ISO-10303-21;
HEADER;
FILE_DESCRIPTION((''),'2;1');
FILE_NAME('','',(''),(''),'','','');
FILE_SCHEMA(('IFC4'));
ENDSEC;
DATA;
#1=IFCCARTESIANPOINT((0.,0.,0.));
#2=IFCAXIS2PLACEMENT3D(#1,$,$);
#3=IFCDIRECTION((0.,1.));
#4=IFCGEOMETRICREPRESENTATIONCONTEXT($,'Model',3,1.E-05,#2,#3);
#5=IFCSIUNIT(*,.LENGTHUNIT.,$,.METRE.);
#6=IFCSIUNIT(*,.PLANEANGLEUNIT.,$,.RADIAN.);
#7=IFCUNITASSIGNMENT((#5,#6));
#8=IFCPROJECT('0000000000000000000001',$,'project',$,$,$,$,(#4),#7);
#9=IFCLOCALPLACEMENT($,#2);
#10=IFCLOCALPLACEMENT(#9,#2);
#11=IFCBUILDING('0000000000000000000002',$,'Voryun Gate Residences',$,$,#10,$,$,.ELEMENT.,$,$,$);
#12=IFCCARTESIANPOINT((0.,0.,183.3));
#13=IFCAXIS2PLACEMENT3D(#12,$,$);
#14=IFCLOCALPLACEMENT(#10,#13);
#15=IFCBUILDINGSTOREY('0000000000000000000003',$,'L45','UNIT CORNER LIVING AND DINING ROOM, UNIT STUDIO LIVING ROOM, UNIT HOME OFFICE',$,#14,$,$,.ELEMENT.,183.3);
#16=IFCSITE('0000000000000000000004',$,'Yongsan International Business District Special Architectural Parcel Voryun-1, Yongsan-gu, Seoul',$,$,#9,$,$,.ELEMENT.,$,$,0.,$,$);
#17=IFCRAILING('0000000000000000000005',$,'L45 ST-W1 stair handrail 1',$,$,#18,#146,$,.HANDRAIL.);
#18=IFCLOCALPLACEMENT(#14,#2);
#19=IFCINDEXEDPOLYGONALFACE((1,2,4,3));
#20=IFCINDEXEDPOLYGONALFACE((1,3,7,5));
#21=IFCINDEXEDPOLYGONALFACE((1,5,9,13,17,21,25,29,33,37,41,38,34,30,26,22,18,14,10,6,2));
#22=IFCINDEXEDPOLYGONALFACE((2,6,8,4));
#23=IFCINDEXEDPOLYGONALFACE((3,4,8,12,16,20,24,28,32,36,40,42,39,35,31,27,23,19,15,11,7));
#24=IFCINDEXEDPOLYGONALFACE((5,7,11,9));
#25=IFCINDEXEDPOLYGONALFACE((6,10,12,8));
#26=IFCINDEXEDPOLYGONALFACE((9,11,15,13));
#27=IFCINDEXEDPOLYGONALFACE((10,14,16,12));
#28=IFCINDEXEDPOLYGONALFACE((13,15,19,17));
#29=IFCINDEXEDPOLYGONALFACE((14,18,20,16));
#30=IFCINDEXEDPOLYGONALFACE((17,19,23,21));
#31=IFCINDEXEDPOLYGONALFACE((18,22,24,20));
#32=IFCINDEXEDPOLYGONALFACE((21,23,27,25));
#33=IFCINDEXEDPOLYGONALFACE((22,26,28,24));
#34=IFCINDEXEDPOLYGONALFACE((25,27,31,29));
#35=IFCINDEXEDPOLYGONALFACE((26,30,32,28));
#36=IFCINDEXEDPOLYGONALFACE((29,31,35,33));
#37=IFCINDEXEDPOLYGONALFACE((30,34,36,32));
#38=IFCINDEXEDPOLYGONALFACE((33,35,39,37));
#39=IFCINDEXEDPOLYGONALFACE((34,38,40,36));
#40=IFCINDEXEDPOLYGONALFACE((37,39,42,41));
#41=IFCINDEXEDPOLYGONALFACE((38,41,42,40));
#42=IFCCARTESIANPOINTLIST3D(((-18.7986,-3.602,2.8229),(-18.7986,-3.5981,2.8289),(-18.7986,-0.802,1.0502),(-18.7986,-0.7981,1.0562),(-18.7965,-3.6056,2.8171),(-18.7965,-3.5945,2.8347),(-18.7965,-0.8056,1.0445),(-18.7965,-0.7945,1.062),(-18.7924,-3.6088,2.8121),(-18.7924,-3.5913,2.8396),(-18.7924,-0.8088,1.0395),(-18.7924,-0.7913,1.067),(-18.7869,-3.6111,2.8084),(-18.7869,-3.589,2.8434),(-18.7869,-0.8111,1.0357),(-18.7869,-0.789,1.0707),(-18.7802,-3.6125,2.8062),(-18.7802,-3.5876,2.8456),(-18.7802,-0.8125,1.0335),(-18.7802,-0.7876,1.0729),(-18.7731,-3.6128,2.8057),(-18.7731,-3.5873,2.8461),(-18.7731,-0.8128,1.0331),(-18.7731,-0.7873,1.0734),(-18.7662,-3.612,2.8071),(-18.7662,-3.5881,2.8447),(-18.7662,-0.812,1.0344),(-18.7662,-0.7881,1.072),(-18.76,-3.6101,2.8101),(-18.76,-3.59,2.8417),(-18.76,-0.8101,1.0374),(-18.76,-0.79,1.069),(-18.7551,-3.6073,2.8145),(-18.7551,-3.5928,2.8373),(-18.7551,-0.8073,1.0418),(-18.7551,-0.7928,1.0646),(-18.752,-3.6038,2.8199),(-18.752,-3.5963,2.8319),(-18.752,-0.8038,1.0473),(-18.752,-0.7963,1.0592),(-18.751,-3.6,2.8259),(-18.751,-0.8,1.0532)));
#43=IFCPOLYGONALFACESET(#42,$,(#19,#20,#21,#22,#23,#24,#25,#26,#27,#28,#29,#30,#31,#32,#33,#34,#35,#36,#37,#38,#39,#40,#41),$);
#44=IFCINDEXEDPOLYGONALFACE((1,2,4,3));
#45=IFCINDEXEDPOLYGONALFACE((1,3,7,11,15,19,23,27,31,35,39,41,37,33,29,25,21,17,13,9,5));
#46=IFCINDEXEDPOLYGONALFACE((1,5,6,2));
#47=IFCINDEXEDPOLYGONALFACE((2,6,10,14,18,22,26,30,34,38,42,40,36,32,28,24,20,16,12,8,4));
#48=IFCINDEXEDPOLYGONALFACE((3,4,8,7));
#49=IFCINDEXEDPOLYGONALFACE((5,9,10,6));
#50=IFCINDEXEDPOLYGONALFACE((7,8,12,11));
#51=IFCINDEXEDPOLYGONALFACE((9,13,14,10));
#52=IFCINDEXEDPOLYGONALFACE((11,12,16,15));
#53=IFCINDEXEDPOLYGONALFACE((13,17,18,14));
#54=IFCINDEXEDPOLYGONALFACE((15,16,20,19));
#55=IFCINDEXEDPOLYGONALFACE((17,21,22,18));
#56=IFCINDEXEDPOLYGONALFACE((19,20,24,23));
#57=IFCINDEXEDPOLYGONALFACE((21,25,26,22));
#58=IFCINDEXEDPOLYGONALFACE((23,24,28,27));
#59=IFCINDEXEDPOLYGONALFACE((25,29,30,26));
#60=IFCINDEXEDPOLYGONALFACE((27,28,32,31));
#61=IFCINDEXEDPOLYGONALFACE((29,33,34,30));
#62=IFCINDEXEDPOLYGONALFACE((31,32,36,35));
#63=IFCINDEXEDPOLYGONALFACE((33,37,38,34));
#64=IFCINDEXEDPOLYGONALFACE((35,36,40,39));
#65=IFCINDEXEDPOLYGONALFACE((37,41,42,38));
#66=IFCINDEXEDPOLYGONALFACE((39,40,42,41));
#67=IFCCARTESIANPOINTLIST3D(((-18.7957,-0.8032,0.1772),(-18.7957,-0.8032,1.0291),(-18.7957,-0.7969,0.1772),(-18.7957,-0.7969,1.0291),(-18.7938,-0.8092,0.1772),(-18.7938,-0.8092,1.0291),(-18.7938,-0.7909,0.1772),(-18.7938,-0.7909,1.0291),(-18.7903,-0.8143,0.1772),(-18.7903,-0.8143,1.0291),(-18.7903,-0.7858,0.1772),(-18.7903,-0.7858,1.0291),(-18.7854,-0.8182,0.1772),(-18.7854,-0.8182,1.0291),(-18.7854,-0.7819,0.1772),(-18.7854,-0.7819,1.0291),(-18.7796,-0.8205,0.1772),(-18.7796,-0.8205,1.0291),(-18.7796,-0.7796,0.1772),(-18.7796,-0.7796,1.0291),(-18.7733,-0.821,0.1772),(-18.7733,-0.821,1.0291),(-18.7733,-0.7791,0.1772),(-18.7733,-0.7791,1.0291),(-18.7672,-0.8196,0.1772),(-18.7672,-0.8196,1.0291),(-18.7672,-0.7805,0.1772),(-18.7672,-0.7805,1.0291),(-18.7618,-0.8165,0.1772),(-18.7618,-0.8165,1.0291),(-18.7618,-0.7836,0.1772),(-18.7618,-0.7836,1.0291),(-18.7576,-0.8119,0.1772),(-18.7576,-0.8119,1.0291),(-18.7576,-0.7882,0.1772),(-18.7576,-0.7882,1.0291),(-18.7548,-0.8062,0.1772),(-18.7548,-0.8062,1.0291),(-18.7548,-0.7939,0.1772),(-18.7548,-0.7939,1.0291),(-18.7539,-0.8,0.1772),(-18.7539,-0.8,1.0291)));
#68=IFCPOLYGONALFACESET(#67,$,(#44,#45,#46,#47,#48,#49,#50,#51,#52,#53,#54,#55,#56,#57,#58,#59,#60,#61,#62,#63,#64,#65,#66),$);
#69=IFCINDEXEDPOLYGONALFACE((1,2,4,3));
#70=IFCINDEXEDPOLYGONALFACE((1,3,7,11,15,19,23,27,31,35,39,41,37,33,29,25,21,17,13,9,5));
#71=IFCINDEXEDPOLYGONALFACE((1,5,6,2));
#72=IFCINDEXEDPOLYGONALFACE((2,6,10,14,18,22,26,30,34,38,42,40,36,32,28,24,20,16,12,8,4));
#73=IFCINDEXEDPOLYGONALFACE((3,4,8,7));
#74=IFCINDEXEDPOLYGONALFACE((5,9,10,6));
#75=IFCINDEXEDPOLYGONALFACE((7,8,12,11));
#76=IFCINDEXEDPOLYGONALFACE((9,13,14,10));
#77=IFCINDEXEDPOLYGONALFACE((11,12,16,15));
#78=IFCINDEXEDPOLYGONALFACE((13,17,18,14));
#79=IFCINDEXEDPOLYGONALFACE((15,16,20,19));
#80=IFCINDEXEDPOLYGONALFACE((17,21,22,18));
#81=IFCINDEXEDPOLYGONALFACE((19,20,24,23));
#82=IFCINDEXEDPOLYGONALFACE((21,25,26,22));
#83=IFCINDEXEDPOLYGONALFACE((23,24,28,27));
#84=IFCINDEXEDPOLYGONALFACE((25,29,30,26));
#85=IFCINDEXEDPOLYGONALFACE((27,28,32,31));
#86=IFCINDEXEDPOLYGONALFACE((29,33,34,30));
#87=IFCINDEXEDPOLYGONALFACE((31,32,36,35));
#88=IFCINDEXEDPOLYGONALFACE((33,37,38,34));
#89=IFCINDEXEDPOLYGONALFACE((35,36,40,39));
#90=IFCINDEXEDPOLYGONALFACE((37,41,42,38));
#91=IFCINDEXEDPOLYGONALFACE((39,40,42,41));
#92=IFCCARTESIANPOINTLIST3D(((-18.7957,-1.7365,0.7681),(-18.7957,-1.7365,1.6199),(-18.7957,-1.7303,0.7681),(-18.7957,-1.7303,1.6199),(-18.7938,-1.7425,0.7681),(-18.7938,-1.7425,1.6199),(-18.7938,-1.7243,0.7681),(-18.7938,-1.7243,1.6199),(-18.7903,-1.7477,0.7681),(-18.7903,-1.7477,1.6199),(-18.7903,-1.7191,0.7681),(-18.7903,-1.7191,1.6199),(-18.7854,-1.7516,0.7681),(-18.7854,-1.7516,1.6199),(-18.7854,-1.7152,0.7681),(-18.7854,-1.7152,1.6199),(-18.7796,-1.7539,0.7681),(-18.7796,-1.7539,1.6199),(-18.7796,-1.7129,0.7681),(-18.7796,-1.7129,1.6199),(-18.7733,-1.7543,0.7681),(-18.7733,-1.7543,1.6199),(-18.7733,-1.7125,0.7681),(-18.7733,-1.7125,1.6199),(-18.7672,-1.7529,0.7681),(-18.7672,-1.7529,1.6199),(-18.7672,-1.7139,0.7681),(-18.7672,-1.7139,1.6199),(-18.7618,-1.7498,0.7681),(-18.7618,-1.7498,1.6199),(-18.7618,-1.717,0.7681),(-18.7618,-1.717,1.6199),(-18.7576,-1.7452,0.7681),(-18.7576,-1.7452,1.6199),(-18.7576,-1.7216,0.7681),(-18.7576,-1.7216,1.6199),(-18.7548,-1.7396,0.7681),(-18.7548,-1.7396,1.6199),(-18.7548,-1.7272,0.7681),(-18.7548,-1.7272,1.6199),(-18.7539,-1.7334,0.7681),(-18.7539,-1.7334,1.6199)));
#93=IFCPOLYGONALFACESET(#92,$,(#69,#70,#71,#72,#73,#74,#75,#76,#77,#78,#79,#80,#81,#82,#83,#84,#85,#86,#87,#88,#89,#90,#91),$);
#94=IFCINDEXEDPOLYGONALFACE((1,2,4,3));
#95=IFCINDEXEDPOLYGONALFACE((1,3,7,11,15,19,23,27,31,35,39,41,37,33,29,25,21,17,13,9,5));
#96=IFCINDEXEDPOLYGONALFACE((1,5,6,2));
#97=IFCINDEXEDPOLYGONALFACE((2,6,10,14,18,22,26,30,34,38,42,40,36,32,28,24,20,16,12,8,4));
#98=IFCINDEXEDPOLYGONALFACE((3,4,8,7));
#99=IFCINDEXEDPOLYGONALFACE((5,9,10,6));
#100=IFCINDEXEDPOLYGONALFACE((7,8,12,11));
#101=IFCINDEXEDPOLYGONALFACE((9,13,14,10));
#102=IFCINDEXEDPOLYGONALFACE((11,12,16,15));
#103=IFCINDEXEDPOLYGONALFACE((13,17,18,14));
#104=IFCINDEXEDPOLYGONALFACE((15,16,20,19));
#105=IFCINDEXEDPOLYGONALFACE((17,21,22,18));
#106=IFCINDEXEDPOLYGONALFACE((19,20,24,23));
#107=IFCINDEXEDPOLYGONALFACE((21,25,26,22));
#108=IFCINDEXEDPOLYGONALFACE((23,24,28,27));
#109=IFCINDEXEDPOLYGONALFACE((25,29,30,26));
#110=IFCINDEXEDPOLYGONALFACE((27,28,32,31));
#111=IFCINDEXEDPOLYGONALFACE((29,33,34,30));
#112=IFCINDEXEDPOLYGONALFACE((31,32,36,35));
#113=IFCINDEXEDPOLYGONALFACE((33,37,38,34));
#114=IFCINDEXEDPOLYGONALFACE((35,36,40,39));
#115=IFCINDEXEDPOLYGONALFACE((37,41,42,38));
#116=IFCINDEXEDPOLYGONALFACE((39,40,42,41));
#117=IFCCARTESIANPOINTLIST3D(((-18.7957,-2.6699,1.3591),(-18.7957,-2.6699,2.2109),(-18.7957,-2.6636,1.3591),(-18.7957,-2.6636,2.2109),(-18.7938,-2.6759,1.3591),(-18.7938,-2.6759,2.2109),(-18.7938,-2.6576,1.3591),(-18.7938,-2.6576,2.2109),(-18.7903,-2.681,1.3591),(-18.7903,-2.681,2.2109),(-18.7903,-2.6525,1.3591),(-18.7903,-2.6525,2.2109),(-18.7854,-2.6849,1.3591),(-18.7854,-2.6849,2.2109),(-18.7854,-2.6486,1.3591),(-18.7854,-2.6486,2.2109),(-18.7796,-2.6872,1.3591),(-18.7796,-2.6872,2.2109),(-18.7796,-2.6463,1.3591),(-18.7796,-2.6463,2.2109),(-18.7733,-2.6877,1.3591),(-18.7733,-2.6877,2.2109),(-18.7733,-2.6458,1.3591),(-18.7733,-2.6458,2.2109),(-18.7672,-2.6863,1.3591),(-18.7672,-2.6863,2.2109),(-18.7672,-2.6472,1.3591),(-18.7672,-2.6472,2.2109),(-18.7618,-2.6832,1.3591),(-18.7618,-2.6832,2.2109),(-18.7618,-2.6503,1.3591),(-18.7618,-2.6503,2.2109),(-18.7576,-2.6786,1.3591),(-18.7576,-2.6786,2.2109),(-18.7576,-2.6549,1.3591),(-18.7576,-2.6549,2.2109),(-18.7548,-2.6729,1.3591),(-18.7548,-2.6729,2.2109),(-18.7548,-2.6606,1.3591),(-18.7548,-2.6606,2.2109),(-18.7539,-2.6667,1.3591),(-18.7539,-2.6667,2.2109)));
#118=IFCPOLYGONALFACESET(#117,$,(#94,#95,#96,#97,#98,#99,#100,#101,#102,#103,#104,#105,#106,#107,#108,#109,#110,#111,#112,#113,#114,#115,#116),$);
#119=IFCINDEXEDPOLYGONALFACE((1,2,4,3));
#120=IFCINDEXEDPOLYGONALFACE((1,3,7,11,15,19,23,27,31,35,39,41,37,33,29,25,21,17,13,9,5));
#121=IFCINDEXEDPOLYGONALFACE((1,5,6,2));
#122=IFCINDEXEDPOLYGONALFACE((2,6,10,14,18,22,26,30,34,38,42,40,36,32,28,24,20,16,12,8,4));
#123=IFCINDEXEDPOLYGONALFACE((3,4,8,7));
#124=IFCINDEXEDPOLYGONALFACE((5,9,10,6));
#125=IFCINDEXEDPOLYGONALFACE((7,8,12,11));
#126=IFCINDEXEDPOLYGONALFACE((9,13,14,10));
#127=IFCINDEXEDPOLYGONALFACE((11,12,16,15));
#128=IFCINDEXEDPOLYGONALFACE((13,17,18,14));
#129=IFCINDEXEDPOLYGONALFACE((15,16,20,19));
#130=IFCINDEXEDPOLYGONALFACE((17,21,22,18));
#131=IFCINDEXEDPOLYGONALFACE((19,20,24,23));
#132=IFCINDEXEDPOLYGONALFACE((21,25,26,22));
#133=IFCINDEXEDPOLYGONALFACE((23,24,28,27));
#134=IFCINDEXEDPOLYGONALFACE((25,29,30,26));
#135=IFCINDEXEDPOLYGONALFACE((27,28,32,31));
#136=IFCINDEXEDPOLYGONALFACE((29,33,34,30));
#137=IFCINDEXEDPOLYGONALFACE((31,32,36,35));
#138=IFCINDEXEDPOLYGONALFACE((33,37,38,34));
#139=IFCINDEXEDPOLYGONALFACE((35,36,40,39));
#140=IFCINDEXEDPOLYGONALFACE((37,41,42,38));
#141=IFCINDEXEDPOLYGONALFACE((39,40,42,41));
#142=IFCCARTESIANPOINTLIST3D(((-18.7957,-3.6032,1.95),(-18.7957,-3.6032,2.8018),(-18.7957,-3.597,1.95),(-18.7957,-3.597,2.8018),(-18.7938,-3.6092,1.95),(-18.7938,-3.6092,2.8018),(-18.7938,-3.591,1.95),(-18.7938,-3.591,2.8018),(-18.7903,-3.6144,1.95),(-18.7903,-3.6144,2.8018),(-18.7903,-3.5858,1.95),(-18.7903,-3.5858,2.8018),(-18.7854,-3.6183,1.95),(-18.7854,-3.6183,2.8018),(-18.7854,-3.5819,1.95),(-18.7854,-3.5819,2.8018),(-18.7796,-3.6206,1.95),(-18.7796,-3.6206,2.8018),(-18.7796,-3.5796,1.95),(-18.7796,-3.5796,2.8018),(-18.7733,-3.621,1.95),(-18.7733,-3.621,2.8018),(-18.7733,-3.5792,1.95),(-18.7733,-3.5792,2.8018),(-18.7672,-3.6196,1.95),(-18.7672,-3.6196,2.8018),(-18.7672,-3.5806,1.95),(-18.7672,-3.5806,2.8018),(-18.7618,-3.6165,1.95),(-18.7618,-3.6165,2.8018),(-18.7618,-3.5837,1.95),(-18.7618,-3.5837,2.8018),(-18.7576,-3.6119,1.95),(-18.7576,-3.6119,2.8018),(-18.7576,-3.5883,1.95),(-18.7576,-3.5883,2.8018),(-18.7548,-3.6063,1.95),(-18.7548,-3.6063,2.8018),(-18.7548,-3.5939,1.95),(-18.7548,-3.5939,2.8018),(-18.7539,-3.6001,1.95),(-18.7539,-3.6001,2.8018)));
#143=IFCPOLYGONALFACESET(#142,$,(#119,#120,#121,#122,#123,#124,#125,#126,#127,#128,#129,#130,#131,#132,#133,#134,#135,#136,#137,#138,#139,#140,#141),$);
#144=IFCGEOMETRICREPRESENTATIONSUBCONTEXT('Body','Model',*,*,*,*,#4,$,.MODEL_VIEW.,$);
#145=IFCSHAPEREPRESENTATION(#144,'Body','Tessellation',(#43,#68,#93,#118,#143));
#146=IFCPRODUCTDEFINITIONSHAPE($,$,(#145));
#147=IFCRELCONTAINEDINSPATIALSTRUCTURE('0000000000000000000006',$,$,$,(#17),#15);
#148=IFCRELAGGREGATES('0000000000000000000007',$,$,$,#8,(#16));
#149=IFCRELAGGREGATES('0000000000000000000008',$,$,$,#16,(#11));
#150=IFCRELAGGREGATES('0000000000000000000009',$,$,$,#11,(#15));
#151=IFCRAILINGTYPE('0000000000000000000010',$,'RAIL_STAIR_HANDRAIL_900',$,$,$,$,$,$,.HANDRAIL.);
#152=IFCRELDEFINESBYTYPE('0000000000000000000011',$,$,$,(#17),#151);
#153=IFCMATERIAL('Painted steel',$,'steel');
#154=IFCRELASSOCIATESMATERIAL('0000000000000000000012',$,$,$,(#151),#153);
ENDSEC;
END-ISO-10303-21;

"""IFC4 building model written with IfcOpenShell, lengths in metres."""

from ifc_helpers import new_model, si_unit, direction, frame, origin, origin_2d, place, context, subcontext, project, spatial, circle, extrude, material, type_object, element, save


model = new_model("IFC4")

# Units and contexts
model_context = context("Model", 3, precision=1e-05, world=origin(), true_north=direction((0.0, 1.0)))
body_context = subcontext(model_context, "Body", "Model", "MODEL_VIEW")
ifc_project = project(units=[si_unit("LENGTHUNIT", "METRE"), si_unit("PLANEANGLEUNIT", "RADIAN")], contexts=[model_context])

# Site, building, storey
site_placement = place(None, origin())
site = spatial("IfcSite", under=ifc_project, at=site_placement, Name="Yongsan International Business District Special Architectural Parcel Voryun-1, Yongsan-gu, Seoul", CompositionType="ELEMENT", RefElevation=0.0)
building_placement = place(site_placement, origin())
building = spatial("IfcBuilding", under=site, at=building_placement, Name="Voryun Gate Residences", CompositionType="ELEMENT")
storey_placement = place(building_placement, frame((0.0, 0.0, 183.3)))
storey = spatial("IfcBuildingStorey", under=building, at=storey_placement, Name="L45", Description="UNIT CORNER LIVING AND DINING ROOM, UNIT STUDIO LIVING ROOM, UNIT HOME OFFICE", CompositionType="ELEMENT", Elevation=183.3)

# Railing
ifc_material_1 = material(Name="Painted steel", Category="steel")
railing_type_1 = type_object("IfcRailingType", Name="RAIL_STAIR_HANDRAIL_900", PredefinedType="HANDRAIL", material=ifc_material_1)
railing_1_placement = place(storey_placement, frame((-18.7749, -0.8, 0.1772)))
element("IfcRailing", 1, at=railing_1_placement, inside=storey, type_object=railing_type_1, Name="L45 ST-W1 stair handrail 1", PredefinedType="HANDRAIL", context=body_context, shape_type="SweptSolid", body=[
    extrude(circle(Radius=0.0239, at=origin_2d()), frame((0.0, 0.0, 0.876), z_axis=(0.0, -0.844909, 0.53491), x_axis=(1.0, 0.0, 0.0)), (0.0, 0.0, 1.0), 3.314),
    extrude(circle(Radius=0.021, at=origin_2d()), origin(), (0.0, 0.0, 1.0), 0.8518),
    extrude(circle(Radius=0.021, at=origin_2d()), frame((0.0, -0.9333, 0.5908)), (0.0, 0.0, 1.0), 0.8518),
    extrude(circle(Radius=0.021, at=origin_2d()), frame((0.0, -1.8667, 1.1819)), (0.0, 0.0, 1.0), 0.8518),
    extrude(circle(Radius=0.021, at=origin_2d()), frame((0.0, -2.8, 1.7727)), (0.0, 0.0, 1.0), 0.8518),
])

save(model, "model.ifc")
